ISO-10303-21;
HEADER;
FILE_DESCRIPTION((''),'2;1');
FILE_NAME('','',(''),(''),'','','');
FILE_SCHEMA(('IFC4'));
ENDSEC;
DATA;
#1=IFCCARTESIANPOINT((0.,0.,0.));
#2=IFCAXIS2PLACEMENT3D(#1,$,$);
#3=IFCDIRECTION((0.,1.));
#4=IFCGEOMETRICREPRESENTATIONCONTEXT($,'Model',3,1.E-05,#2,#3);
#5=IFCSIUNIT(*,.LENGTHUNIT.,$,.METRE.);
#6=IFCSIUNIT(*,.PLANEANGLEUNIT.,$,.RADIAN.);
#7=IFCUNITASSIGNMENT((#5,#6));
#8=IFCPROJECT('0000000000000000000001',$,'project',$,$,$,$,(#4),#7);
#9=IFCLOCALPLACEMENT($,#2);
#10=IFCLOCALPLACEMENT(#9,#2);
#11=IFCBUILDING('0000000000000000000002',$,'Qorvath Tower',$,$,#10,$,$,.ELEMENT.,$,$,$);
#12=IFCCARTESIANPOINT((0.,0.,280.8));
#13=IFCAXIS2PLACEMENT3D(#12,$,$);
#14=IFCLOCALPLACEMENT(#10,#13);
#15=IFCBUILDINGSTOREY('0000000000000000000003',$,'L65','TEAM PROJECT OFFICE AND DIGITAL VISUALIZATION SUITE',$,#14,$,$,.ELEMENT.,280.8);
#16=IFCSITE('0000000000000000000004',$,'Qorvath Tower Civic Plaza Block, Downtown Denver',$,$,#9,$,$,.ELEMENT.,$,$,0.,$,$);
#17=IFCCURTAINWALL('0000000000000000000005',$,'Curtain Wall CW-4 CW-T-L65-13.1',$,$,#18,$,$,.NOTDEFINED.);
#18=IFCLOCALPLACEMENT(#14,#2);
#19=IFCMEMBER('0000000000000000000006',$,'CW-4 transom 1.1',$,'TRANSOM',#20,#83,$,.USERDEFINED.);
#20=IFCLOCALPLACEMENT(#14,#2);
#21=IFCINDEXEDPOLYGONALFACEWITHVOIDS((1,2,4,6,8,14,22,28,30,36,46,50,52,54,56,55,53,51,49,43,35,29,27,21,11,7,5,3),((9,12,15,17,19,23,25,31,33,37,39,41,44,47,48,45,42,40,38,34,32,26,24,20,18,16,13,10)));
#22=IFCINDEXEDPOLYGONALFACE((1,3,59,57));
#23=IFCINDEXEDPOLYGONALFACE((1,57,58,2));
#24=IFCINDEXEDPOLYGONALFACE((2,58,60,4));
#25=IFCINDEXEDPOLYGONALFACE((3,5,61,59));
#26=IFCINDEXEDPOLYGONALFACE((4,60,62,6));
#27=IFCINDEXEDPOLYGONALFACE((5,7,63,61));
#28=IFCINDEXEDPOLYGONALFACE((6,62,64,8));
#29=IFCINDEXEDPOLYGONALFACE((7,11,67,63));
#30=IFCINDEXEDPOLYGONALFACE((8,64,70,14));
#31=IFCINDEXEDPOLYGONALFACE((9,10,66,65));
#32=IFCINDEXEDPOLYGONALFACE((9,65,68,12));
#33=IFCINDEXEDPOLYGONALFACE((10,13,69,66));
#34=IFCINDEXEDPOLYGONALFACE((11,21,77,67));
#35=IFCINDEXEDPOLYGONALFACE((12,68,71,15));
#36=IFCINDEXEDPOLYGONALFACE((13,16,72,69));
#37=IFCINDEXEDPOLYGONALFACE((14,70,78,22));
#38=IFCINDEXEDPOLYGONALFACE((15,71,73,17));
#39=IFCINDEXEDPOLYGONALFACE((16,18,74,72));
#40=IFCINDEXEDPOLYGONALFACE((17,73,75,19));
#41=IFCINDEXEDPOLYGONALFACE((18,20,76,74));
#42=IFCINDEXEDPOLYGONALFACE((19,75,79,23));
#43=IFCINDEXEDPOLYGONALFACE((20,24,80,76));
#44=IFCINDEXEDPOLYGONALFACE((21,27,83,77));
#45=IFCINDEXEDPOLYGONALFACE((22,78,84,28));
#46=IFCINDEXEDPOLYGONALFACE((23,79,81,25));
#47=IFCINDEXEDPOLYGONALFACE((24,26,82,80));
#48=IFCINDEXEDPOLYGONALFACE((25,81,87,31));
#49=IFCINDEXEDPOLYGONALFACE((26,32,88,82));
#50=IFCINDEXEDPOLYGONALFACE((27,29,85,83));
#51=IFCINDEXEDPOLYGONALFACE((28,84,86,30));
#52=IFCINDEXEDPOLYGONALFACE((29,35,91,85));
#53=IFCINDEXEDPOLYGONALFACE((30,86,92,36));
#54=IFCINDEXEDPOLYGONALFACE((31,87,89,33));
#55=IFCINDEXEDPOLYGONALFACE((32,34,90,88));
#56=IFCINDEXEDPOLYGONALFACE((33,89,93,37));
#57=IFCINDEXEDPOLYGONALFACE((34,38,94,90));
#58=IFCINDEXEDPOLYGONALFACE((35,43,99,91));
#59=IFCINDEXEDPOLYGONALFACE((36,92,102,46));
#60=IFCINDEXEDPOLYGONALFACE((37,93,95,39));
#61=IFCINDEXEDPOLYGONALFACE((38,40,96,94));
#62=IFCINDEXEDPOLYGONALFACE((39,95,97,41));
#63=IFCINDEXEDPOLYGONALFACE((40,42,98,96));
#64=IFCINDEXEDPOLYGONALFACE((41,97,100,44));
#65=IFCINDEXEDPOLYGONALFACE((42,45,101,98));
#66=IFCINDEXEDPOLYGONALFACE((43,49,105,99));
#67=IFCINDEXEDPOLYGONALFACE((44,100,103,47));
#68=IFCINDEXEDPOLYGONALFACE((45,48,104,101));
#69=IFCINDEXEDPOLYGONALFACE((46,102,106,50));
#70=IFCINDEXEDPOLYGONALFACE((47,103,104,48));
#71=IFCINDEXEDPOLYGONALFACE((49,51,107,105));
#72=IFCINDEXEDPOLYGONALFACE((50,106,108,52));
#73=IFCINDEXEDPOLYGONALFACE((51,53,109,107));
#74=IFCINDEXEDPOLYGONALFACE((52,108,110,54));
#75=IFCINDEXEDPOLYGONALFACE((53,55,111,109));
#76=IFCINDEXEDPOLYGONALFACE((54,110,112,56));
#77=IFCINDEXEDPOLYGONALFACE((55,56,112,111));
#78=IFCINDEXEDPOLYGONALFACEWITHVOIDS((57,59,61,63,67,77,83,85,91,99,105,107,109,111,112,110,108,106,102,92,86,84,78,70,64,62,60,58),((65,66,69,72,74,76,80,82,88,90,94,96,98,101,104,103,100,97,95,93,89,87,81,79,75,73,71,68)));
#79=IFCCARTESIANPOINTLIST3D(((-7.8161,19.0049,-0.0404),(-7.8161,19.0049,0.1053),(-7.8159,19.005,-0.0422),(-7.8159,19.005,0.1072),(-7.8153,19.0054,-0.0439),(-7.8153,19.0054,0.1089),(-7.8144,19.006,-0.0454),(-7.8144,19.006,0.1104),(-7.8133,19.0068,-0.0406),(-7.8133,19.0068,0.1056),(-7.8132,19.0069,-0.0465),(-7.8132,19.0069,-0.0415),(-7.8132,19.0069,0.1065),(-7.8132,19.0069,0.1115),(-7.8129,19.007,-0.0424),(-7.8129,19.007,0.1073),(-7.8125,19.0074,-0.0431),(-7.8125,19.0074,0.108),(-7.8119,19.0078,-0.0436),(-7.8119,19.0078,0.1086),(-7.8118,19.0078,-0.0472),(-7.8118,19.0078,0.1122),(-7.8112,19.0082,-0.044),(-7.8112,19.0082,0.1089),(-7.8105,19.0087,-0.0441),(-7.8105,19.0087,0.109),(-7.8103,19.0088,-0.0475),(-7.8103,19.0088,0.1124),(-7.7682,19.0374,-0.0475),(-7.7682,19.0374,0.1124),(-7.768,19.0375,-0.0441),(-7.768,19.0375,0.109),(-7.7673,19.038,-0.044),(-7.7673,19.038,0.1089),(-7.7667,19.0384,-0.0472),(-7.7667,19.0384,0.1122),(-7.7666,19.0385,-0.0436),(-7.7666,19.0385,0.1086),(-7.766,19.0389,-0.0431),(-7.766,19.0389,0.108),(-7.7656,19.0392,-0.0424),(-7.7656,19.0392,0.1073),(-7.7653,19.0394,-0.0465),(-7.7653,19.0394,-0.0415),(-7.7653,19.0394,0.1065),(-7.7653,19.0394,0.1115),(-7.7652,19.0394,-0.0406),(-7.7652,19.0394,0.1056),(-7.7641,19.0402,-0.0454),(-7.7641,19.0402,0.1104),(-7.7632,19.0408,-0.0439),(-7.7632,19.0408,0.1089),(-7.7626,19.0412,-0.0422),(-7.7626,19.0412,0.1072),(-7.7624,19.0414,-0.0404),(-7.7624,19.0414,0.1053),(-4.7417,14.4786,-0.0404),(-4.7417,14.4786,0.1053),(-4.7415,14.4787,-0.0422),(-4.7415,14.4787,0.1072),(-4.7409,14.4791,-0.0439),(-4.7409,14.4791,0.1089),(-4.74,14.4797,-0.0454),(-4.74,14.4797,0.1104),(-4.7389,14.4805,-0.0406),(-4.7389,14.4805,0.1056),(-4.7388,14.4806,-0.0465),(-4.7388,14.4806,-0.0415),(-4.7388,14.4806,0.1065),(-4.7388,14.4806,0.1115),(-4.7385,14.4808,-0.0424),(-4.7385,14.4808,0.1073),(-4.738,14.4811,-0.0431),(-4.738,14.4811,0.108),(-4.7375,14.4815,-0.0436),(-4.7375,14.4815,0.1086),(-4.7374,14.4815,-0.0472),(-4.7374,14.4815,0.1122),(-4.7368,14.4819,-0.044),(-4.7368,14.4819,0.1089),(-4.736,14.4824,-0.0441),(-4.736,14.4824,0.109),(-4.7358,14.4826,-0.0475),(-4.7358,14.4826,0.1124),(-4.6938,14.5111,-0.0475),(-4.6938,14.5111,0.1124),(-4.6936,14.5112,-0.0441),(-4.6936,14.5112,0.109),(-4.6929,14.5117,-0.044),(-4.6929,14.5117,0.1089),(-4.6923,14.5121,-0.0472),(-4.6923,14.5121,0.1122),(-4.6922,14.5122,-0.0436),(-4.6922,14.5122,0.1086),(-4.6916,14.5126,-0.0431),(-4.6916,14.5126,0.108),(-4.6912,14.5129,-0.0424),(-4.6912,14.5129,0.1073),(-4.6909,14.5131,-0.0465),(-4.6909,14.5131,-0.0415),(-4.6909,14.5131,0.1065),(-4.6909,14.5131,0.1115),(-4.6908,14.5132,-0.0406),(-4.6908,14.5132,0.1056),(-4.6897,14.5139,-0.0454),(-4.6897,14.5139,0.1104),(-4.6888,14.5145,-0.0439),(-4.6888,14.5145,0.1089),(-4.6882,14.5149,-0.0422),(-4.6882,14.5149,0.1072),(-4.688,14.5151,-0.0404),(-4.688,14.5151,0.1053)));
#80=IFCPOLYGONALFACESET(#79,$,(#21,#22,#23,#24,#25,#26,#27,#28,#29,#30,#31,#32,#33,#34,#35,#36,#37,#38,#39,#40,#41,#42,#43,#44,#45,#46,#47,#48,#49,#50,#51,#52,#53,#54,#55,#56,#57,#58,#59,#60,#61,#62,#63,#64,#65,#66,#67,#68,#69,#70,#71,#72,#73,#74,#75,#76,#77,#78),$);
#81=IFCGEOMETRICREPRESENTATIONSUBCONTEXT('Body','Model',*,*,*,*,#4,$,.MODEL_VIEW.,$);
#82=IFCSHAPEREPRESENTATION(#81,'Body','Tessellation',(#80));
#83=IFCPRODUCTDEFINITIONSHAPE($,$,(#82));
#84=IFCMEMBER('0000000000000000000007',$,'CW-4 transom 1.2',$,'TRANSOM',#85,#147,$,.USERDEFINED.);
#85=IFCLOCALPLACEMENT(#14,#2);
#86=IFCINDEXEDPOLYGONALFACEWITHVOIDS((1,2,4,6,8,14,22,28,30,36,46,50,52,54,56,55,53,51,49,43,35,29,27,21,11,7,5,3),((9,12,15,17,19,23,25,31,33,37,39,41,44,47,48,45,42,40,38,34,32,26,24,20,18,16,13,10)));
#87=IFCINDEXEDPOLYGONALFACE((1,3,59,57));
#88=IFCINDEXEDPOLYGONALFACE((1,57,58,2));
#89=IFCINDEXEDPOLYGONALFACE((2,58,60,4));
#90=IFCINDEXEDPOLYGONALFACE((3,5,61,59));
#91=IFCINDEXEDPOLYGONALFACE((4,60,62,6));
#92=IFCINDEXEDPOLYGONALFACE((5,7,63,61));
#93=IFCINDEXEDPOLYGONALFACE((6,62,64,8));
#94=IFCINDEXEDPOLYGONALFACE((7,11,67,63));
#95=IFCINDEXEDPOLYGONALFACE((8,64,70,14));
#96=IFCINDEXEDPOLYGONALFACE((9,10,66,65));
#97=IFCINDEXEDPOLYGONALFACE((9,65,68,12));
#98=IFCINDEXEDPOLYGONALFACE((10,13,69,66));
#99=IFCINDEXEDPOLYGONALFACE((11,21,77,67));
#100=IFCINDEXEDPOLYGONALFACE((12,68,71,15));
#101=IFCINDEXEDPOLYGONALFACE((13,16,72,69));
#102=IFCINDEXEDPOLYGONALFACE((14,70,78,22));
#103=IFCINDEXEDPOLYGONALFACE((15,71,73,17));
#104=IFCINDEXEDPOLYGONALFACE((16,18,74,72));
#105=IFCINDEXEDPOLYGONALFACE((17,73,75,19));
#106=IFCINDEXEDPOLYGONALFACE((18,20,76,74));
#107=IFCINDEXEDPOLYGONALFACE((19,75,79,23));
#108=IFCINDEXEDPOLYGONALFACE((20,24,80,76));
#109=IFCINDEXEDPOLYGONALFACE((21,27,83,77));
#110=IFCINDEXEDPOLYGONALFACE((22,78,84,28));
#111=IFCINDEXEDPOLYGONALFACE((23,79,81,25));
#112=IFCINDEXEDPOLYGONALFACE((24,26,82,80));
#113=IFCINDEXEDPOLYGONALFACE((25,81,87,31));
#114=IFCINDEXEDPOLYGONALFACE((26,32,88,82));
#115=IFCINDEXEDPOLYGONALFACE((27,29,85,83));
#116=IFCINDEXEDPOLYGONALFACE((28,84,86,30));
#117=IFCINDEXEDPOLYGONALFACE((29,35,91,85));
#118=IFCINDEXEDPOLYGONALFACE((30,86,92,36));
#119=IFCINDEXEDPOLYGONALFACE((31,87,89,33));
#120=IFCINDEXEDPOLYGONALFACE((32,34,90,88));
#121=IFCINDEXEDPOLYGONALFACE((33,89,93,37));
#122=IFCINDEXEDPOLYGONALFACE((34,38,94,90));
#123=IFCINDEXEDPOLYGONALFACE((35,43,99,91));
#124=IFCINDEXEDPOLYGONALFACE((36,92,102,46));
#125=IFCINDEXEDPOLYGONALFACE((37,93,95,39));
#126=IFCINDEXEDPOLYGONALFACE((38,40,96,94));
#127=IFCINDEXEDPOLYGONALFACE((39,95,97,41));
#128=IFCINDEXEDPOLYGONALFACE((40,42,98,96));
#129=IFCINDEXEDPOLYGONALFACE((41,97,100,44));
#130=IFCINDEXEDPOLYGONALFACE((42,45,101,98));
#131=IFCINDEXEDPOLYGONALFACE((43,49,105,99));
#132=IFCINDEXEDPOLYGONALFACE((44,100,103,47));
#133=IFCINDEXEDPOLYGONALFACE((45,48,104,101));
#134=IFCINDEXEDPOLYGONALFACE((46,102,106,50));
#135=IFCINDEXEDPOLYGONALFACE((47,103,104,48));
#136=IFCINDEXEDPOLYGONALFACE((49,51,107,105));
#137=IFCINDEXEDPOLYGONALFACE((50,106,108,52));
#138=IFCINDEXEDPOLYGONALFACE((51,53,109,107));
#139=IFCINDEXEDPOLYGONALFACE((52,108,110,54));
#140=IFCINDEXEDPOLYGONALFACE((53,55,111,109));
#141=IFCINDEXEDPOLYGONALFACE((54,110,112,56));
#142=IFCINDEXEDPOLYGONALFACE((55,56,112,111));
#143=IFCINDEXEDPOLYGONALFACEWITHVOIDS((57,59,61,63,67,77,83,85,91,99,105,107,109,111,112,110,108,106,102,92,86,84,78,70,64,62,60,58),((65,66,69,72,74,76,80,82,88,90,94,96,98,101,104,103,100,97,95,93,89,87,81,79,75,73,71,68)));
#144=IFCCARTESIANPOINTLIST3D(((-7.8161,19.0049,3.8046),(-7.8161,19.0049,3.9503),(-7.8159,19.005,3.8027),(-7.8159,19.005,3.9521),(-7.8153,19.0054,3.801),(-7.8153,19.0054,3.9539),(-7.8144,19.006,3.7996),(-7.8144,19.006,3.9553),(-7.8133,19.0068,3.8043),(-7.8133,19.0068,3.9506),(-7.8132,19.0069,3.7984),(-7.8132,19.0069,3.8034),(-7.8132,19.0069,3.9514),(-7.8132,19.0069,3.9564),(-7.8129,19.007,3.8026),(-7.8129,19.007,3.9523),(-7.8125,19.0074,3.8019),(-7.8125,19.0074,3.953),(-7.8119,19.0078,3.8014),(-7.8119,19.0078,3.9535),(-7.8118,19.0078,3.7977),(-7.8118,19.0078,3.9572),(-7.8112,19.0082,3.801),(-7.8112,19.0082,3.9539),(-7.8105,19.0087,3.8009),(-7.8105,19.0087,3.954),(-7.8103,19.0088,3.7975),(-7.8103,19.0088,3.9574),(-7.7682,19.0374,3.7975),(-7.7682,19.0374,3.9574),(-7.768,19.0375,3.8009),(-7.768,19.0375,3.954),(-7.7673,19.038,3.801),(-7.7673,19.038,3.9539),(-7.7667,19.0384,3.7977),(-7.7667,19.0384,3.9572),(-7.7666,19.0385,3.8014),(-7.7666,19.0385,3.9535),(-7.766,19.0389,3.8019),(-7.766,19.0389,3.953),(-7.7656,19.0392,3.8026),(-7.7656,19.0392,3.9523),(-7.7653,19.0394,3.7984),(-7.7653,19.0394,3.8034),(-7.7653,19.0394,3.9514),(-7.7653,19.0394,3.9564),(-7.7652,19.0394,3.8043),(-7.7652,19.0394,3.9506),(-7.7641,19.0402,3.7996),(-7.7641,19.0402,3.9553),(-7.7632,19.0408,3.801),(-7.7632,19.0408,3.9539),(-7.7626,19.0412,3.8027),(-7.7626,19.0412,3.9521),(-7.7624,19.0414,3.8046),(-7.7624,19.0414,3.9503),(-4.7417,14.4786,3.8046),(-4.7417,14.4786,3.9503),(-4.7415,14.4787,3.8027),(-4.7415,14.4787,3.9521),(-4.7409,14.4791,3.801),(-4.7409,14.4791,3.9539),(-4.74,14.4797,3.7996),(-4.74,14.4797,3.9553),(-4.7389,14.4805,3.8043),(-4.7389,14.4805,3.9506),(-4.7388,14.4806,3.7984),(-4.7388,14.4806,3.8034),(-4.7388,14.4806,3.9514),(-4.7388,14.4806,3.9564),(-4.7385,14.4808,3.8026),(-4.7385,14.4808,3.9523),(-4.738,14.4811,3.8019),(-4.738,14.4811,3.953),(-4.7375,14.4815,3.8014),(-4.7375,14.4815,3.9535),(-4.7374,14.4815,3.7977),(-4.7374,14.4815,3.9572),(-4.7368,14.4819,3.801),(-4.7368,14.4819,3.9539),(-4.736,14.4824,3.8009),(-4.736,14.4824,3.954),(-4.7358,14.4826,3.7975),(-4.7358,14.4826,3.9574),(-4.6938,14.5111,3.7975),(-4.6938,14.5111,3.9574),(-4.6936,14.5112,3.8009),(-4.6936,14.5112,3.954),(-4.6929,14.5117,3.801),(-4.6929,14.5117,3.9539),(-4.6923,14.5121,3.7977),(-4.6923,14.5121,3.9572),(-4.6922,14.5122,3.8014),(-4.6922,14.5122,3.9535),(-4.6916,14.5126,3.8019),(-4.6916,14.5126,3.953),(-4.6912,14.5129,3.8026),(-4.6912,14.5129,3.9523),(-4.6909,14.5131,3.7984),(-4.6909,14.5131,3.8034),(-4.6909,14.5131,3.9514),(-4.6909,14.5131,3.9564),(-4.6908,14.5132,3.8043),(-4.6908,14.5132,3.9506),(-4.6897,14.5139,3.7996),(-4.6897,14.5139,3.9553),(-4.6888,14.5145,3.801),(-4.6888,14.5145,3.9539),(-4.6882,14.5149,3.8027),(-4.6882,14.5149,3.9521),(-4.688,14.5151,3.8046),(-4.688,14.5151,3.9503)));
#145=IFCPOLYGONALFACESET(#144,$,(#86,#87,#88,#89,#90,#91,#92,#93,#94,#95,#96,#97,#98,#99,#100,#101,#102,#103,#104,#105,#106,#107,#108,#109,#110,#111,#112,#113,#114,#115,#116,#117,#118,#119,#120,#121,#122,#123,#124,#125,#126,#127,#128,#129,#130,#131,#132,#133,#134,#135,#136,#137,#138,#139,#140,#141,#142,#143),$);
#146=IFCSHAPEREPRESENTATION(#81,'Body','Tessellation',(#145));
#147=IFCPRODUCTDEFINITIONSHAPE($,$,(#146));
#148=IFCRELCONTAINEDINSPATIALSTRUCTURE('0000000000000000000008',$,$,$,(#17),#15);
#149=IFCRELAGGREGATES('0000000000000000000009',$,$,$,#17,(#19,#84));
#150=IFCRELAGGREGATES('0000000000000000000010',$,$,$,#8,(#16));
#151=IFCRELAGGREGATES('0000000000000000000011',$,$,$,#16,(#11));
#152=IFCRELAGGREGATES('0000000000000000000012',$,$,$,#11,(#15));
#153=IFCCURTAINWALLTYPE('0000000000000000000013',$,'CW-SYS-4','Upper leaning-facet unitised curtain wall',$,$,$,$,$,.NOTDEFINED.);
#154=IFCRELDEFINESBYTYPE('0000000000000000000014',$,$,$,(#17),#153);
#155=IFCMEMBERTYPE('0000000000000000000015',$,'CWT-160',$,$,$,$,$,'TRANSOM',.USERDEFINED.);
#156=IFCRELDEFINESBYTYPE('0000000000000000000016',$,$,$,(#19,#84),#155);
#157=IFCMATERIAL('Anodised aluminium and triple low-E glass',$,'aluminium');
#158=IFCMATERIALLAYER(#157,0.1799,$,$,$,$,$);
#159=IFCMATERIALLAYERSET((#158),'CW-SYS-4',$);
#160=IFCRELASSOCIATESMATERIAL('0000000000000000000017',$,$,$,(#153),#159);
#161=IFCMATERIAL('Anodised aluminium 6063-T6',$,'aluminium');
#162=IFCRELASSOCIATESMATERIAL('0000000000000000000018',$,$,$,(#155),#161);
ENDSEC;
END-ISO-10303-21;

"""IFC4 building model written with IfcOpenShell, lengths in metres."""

from ifc_helpers import new_model, si_unit, direction, frame, origin, origin_2d, place, context, subcontext, project, spatial, hollow_rectangle, extrude, material, layer, layer_set, material_profile, profile_set, type_object, element, aggregate, save


model = new_model("IFC4")

# Units and contexts
model_context = context("Model", 3, precision=1e-05, world=origin(), true_north=direction((0.0, 1.0)))
body_context = subcontext(model_context, "Body", "Model", "MODEL_VIEW")
ifc_project = project(units=[si_unit("LENGTHUNIT", "METRE"), si_unit("PLANEANGLEUNIT", "RADIAN")], contexts=[model_context])

# Site, building, storey
site_placement = place(None, origin())
site = spatial("IfcSite", under=ifc_project, at=site_placement, Name="Qorvath Tower Civic Plaza Block, Downtown Denver", CompositionType="ELEMENT", RefElevation=0.0)
building_placement = place(site_placement, origin())
building = spatial("IfcBuilding", under=site, at=building_placement, Name="Qorvath Tower", CompositionType="ELEMENT")
storey_placement = place(building_placement, frame((0.0, 0.0, 280.8)))
storey = spatial("IfcBuildingStorey", under=building, at=storey_placement, Name="L65", Description="TEAM PROJECT OFFICE AND DIGITAL VISUALIZATION SUITE", CompositionType="ELEMENT", Elevation=280.8)

# Shared definitions
ifc_material_1 = material(Name="Anodised aluminium and triple low-E glass", Category="aluminium")
ifc_layer_1 = layer(ifc_material_1, 0.1799)
ifc_layer_set_1 = layer_set([ifc_layer_1], Name="CW-SYS-4")
curtain_wall_type = type_object("IfcCurtainWallType", Name="CW-SYS-4", Description="Upper leaning-facet unitised curtain wall", PredefinedType="NOTDEFINED", material=ifc_layer_set_1)

# Curtain wall
curtain_wall_1_placement = place(storey_placement, origin())
curtain_wall_1 = element("IfcCurtainWall", 1, at=curtain_wall_1_placement, inside=storey, type_object=curtain_wall_type, Name="Curtain Wall CW-4 CW-T-L65-13.1", PredefinedType="NOTDEFINED")

# Members
ifc_material_2 = material(Name="Anodised aluminium 6063-T6", Category="aluminium")
ifc_material_profile_1 = material_profile(ifc_material_2, hollow_rectangle(XDim=0.0649, YDim=0.1599, WallThickness=0.0034, InnerFilletRadius=0.0034, OuterFilletRadius=0.0071, at=origin_2d()), Name="CWT 160x65")
ifc_profile_set_1 = profile_set([ifc_material_profile_1], Name="Anodised aluminium 6063-T6")
member_type_1 = type_object("IfcMemberType", Name="CWT-160", ElementType="TRANSOM", PredefinedType="USERDEFINED", material=ifc_profile_set_1)
member_1_placement = place(storey_placement, frame((-4.7148, 14.4968, 0.0325), z_axis=(-0.561877, 0.827221, 0.0), x_axis=(-0.827221, -0.561877, 0.0)))
member_1 = element("IfcMember", 2, at=member_1_placement, type_object=member_type_1, Name="CW-4 transom 1.1", ObjectType="TRANSOM", PredefinedType="USERDEFINED", context=body_context, shape_type="SweptSolid", body=[
    extrude(hollow_rectangle(XDim=0.0649, YDim=0.1599, WallThickness=0.0034, InnerFilletRadius=0.0034, OuterFilletRadius=0.0071, at=origin_2d()), origin(), (0.0, 0.0, 1.0), 5.4717),
])
member_2_placement = place(storey_placement, frame((-4.7148, 14.4968, 3.8774), z_axis=(-0.561877, 0.827221, 0.0), x_axis=(-0.827221, -0.561877, 0.0)))
member_2 = element("IfcMember", 3, at=member_2_placement, type_object=member_type_1, Name="CW-4 transom 1.2", ObjectType="TRANSOM", PredefinedType="USERDEFINED", context=body_context, shape_type="SweptSolid", body=[
    extrude(hollow_rectangle(XDim=0.0649, YDim=0.1599, WallThickness=0.0034, InnerFilletRadius=0.0034, OuterFilletRadius=0.0071, at=origin_2d()), origin(), (0.0, 0.0, 1.0), 5.4717),
])

aggregate(curtain_wall_1, [member_1, member_2])

save(model, "model.ifc")
